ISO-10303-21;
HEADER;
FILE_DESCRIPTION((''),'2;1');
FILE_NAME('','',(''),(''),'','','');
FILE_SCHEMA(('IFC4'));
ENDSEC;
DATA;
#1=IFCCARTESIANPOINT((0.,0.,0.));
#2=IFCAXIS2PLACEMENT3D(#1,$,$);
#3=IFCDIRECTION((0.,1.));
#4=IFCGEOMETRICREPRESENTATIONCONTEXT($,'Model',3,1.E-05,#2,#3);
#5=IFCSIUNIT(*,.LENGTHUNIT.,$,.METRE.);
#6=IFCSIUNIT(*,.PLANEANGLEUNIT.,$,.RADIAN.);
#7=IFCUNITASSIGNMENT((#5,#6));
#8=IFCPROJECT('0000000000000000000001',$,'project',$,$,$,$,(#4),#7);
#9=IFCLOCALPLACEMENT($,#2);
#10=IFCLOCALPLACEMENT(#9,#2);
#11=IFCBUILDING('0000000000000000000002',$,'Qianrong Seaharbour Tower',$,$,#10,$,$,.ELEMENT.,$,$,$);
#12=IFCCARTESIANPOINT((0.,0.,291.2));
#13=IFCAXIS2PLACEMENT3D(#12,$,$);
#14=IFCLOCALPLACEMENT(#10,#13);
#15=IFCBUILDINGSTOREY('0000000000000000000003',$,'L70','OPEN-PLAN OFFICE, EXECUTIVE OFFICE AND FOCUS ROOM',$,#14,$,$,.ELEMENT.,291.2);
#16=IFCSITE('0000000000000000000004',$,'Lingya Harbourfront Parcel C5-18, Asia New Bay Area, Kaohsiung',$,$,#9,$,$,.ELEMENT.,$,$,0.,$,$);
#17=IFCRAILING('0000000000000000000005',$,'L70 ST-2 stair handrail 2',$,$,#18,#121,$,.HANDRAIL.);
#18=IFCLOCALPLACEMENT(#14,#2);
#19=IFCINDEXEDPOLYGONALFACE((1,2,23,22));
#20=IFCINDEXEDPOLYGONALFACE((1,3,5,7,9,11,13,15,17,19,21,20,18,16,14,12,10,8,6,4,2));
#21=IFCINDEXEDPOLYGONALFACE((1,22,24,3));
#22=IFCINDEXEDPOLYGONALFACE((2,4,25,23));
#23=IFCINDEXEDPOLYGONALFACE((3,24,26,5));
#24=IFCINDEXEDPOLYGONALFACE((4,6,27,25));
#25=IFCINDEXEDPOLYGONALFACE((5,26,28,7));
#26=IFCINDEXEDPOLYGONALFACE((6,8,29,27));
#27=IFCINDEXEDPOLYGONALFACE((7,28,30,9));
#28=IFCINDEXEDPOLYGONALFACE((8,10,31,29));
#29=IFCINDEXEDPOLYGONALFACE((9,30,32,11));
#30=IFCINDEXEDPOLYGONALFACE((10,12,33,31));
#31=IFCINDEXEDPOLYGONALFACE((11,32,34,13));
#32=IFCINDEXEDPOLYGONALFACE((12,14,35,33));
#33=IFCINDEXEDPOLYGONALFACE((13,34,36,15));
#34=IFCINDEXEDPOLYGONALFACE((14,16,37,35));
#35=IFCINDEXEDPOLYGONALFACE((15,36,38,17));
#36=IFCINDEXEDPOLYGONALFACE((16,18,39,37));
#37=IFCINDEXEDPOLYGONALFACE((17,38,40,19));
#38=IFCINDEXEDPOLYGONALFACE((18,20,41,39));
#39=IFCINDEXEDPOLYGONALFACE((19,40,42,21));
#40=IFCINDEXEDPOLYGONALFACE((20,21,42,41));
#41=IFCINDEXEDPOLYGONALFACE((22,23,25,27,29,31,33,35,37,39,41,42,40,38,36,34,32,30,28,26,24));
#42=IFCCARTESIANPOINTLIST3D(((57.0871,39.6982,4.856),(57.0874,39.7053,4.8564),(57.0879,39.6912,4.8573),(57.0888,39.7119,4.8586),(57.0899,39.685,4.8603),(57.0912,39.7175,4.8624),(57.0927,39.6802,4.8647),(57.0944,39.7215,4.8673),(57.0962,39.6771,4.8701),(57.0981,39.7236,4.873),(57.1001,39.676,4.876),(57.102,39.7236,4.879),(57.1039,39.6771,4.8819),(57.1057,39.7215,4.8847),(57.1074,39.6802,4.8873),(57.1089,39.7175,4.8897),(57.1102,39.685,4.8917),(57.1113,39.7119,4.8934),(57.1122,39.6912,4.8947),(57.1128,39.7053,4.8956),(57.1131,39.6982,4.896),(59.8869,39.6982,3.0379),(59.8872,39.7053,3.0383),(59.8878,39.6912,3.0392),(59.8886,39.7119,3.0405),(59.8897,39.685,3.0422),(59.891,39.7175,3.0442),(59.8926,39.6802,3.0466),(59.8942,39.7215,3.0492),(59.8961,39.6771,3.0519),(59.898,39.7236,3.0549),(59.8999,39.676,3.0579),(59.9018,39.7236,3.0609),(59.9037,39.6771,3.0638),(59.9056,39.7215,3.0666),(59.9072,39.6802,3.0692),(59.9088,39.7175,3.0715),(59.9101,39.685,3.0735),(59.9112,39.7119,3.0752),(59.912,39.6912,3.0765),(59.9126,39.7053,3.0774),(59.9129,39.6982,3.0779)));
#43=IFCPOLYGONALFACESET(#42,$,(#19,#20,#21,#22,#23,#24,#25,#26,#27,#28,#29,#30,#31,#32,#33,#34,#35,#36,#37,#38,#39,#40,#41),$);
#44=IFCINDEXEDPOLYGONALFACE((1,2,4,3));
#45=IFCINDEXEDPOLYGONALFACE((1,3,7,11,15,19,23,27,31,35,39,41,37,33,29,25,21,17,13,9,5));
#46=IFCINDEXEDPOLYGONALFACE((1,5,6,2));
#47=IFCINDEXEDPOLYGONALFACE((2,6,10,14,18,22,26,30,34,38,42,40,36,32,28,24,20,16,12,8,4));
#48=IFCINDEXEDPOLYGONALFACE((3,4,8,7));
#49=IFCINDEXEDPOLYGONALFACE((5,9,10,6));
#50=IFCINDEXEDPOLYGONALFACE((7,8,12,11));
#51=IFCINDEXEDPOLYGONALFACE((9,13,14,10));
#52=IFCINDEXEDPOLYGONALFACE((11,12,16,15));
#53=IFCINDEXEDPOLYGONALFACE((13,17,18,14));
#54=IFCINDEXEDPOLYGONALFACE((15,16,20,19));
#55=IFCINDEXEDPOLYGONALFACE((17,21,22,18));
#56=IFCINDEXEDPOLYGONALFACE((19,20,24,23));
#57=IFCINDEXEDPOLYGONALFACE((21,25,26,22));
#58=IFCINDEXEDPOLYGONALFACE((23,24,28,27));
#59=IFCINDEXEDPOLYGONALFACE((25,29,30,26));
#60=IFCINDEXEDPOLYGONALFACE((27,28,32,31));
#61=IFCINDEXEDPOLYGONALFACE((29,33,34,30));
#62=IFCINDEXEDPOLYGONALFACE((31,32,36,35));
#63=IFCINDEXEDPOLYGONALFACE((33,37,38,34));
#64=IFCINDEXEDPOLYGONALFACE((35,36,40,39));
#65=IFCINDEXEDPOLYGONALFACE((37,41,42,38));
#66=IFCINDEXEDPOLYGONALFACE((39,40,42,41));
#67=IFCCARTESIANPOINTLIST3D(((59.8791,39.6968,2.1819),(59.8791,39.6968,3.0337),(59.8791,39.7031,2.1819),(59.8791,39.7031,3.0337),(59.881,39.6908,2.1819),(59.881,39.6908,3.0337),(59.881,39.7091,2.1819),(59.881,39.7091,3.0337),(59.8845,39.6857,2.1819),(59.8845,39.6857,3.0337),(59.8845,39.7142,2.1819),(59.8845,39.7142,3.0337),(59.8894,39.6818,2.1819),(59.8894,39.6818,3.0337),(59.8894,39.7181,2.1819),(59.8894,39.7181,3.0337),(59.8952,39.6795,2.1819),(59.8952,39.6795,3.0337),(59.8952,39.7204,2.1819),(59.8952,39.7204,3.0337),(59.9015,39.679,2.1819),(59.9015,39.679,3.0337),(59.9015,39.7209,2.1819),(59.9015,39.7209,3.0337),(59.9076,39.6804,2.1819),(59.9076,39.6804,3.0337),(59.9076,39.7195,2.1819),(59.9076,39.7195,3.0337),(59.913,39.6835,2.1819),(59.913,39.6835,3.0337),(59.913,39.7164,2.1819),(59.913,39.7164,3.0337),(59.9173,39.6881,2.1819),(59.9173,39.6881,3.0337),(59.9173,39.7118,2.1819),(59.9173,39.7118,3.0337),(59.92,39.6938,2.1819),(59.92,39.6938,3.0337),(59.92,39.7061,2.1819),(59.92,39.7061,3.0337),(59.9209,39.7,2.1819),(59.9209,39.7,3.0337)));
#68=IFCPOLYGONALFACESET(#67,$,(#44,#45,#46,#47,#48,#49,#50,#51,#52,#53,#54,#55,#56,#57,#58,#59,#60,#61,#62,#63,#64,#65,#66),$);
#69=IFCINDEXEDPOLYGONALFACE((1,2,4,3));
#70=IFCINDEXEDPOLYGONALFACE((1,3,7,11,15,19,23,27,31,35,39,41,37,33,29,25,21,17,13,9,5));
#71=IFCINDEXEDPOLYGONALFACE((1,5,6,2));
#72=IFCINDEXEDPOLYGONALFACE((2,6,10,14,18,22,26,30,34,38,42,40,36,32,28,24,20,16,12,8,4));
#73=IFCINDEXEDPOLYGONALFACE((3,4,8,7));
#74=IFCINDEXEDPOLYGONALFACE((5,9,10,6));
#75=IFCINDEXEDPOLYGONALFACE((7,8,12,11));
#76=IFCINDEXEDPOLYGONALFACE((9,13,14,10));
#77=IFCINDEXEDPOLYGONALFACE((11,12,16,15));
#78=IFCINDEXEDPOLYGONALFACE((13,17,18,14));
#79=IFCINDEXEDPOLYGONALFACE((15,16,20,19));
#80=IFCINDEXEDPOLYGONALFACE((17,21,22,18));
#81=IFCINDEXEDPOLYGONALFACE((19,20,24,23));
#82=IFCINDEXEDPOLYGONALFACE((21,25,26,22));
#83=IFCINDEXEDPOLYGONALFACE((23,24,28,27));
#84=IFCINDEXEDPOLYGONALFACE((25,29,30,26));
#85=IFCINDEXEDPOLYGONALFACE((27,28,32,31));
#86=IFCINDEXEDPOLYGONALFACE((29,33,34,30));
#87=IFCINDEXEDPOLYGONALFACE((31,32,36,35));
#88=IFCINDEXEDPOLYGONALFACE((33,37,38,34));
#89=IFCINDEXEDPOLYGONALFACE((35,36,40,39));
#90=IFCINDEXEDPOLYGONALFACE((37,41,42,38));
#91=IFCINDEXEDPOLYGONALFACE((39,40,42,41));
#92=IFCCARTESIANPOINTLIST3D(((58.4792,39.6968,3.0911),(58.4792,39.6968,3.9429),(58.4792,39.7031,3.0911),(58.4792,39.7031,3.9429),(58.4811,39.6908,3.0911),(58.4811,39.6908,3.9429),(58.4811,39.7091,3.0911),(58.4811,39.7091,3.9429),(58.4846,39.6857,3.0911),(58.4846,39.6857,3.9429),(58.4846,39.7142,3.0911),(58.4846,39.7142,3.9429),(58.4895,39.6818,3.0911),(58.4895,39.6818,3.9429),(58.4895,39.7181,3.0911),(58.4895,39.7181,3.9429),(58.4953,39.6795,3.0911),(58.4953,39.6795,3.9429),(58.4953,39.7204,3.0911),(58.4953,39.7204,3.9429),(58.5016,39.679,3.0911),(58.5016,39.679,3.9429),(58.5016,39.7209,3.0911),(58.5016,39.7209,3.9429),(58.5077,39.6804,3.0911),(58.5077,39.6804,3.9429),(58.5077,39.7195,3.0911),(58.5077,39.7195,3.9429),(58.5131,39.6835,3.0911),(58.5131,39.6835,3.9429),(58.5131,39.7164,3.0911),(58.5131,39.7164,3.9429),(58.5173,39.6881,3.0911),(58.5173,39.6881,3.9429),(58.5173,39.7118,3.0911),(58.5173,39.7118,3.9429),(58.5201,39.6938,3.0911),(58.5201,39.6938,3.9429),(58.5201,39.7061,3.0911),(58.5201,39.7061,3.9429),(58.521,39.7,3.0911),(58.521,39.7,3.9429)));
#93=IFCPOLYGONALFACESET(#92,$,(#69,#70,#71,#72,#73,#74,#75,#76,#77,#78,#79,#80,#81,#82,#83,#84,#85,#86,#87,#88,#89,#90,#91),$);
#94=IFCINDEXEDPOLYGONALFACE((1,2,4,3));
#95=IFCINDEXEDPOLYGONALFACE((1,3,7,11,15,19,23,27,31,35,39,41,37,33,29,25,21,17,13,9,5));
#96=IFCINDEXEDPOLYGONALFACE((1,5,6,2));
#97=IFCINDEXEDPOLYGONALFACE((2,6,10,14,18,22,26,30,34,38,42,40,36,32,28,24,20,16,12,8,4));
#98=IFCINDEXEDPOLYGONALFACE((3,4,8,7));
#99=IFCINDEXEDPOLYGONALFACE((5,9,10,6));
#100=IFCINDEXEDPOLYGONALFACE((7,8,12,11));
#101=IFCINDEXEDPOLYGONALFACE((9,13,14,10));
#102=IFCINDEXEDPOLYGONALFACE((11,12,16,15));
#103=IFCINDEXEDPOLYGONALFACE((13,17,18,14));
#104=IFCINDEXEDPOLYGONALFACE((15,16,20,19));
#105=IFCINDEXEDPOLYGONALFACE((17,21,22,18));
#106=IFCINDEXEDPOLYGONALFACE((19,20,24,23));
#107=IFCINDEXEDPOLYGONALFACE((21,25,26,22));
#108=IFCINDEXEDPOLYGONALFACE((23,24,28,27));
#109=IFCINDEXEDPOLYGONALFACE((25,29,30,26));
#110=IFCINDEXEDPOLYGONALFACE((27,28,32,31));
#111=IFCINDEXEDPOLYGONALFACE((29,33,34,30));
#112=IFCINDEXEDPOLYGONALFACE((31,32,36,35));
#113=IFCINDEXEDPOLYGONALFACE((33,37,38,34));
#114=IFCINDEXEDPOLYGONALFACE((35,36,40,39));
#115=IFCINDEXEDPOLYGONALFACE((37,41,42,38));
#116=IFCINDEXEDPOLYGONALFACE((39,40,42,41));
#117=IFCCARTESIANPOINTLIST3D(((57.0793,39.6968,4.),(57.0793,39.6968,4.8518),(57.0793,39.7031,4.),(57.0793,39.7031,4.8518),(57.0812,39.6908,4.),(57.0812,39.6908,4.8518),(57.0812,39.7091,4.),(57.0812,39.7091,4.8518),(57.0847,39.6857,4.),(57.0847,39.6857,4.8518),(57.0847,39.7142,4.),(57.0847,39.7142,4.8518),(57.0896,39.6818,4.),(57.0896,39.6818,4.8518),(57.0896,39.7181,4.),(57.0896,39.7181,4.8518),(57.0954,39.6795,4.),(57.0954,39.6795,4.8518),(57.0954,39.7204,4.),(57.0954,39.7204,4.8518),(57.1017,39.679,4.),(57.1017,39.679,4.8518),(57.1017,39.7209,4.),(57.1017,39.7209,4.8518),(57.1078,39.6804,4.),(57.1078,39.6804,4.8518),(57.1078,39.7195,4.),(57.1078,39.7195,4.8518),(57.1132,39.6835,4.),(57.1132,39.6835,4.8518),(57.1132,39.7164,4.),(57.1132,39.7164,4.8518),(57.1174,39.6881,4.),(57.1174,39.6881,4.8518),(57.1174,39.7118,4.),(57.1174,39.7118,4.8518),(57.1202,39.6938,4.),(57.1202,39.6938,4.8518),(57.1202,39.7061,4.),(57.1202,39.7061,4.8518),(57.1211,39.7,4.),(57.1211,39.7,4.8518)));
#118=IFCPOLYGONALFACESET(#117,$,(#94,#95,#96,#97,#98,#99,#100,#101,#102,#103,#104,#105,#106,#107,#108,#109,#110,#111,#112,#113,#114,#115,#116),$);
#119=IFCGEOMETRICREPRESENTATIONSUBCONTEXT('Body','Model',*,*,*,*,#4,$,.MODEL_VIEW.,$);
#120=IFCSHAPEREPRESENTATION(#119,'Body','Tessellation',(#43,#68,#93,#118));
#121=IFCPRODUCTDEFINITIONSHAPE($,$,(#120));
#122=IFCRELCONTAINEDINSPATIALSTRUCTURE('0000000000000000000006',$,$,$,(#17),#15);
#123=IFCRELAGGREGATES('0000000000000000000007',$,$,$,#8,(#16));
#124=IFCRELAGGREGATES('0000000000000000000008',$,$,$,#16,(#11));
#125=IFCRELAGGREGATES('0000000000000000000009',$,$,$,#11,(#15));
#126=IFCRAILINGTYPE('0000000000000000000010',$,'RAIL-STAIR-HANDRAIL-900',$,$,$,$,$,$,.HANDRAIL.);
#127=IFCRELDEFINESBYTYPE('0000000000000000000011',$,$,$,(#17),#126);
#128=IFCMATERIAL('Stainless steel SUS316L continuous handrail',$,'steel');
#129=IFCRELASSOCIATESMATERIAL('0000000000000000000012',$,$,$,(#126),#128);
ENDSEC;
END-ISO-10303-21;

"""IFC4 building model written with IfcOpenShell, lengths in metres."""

from ifc_helpers import new_model, si_unit, direction, frame, origin, origin_2d, place, context, subcontext, project, spatial, circle, extrude, material, type_object, element, save


model = new_model("IFC4")

# Units and contexts
model_context = context("Model", 3, precision=1e-05, world=origin(), true_north=direction((0.0, 1.0)))
body_context = subcontext(model_context, "Body", "Model", "MODEL_VIEW")
ifc_project = project(units=[si_unit("LENGTHUNIT", "METRE"), si_unit("PLANEANGLEUNIT", "RADIAN")], contexts=[model_context])

# Site, building, storey
site_placement = place(None, origin())
site = spatial("IfcSite", under=ifc_project, at=site_placement, Name="Lingya Harbourfront Parcel C5-18, Asia New Bay Area, Kaohsiung", CompositionType="ELEMENT", RefElevation=0.0)
building_placement = place(site_placement, origin())
building = spatial("IfcBuilding", under=site, at=building_placement, Name="Qianrong Seaharbour Tower", CompositionType="ELEMENT")
storey_placement = place(building_placement, frame((0.0, 0.0, 291.2)))
storey = spatial("IfcBuildingStorey", under=building, at=storey_placement, Name="L70", Description="OPEN-PLAN OFFICE, EXECUTIVE OFFICE AND FOCUS ROOM", CompositionType="ELEMENT", Elevation=291.2)

# Railing
ifc_material_1 = material(Name="Stainless steel SUS316L continuous handrail", Category="steel")
railing_type_1 = type_object("IfcRailingType", Name="RAIL-STAIR-HANDRAIL-900", PredefinedType="HANDRAIL", material=ifc_material_1)
railing_1_placement = place(storey_placement, frame((59.8999, 39.7, 2.1819)))
element("IfcRailing", 1, at=railing_1_placement, inside=storey, type_object=railing_type_1, Name="L70 ST-2 stair handrail 2", PredefinedType="HANDRAIL", context=body_context, shape_type="SweptSolid", body=[
    extrude(circle(Radius=0.0239, at=origin_2d()), frame((0.0, 0.0, 0.876), z_axis=(-0.838684, 0.0, 0.544618), x_axis=(0.0, -1.0, 0.0)), (0.0, 0.0, 1.0), 3.3384),
    extrude(circle(Radius=0.021, at=origin_2d()), origin(), (0.0, 0.0, 1.0), 0.8518),
    extrude(circle(Radius=0.021, at=origin_2d()), frame((-1.3999, 0.0, 0.9092)), (0.0, 0.0, 1.0), 0.8518),
    extrude(circle(Radius=0.021, at=origin_2d()), frame((-2.7998, 0.0, 1.8181)), (0.0, 0.0, 1.0), 0.8518),
])

save(model, "model.ifc")
